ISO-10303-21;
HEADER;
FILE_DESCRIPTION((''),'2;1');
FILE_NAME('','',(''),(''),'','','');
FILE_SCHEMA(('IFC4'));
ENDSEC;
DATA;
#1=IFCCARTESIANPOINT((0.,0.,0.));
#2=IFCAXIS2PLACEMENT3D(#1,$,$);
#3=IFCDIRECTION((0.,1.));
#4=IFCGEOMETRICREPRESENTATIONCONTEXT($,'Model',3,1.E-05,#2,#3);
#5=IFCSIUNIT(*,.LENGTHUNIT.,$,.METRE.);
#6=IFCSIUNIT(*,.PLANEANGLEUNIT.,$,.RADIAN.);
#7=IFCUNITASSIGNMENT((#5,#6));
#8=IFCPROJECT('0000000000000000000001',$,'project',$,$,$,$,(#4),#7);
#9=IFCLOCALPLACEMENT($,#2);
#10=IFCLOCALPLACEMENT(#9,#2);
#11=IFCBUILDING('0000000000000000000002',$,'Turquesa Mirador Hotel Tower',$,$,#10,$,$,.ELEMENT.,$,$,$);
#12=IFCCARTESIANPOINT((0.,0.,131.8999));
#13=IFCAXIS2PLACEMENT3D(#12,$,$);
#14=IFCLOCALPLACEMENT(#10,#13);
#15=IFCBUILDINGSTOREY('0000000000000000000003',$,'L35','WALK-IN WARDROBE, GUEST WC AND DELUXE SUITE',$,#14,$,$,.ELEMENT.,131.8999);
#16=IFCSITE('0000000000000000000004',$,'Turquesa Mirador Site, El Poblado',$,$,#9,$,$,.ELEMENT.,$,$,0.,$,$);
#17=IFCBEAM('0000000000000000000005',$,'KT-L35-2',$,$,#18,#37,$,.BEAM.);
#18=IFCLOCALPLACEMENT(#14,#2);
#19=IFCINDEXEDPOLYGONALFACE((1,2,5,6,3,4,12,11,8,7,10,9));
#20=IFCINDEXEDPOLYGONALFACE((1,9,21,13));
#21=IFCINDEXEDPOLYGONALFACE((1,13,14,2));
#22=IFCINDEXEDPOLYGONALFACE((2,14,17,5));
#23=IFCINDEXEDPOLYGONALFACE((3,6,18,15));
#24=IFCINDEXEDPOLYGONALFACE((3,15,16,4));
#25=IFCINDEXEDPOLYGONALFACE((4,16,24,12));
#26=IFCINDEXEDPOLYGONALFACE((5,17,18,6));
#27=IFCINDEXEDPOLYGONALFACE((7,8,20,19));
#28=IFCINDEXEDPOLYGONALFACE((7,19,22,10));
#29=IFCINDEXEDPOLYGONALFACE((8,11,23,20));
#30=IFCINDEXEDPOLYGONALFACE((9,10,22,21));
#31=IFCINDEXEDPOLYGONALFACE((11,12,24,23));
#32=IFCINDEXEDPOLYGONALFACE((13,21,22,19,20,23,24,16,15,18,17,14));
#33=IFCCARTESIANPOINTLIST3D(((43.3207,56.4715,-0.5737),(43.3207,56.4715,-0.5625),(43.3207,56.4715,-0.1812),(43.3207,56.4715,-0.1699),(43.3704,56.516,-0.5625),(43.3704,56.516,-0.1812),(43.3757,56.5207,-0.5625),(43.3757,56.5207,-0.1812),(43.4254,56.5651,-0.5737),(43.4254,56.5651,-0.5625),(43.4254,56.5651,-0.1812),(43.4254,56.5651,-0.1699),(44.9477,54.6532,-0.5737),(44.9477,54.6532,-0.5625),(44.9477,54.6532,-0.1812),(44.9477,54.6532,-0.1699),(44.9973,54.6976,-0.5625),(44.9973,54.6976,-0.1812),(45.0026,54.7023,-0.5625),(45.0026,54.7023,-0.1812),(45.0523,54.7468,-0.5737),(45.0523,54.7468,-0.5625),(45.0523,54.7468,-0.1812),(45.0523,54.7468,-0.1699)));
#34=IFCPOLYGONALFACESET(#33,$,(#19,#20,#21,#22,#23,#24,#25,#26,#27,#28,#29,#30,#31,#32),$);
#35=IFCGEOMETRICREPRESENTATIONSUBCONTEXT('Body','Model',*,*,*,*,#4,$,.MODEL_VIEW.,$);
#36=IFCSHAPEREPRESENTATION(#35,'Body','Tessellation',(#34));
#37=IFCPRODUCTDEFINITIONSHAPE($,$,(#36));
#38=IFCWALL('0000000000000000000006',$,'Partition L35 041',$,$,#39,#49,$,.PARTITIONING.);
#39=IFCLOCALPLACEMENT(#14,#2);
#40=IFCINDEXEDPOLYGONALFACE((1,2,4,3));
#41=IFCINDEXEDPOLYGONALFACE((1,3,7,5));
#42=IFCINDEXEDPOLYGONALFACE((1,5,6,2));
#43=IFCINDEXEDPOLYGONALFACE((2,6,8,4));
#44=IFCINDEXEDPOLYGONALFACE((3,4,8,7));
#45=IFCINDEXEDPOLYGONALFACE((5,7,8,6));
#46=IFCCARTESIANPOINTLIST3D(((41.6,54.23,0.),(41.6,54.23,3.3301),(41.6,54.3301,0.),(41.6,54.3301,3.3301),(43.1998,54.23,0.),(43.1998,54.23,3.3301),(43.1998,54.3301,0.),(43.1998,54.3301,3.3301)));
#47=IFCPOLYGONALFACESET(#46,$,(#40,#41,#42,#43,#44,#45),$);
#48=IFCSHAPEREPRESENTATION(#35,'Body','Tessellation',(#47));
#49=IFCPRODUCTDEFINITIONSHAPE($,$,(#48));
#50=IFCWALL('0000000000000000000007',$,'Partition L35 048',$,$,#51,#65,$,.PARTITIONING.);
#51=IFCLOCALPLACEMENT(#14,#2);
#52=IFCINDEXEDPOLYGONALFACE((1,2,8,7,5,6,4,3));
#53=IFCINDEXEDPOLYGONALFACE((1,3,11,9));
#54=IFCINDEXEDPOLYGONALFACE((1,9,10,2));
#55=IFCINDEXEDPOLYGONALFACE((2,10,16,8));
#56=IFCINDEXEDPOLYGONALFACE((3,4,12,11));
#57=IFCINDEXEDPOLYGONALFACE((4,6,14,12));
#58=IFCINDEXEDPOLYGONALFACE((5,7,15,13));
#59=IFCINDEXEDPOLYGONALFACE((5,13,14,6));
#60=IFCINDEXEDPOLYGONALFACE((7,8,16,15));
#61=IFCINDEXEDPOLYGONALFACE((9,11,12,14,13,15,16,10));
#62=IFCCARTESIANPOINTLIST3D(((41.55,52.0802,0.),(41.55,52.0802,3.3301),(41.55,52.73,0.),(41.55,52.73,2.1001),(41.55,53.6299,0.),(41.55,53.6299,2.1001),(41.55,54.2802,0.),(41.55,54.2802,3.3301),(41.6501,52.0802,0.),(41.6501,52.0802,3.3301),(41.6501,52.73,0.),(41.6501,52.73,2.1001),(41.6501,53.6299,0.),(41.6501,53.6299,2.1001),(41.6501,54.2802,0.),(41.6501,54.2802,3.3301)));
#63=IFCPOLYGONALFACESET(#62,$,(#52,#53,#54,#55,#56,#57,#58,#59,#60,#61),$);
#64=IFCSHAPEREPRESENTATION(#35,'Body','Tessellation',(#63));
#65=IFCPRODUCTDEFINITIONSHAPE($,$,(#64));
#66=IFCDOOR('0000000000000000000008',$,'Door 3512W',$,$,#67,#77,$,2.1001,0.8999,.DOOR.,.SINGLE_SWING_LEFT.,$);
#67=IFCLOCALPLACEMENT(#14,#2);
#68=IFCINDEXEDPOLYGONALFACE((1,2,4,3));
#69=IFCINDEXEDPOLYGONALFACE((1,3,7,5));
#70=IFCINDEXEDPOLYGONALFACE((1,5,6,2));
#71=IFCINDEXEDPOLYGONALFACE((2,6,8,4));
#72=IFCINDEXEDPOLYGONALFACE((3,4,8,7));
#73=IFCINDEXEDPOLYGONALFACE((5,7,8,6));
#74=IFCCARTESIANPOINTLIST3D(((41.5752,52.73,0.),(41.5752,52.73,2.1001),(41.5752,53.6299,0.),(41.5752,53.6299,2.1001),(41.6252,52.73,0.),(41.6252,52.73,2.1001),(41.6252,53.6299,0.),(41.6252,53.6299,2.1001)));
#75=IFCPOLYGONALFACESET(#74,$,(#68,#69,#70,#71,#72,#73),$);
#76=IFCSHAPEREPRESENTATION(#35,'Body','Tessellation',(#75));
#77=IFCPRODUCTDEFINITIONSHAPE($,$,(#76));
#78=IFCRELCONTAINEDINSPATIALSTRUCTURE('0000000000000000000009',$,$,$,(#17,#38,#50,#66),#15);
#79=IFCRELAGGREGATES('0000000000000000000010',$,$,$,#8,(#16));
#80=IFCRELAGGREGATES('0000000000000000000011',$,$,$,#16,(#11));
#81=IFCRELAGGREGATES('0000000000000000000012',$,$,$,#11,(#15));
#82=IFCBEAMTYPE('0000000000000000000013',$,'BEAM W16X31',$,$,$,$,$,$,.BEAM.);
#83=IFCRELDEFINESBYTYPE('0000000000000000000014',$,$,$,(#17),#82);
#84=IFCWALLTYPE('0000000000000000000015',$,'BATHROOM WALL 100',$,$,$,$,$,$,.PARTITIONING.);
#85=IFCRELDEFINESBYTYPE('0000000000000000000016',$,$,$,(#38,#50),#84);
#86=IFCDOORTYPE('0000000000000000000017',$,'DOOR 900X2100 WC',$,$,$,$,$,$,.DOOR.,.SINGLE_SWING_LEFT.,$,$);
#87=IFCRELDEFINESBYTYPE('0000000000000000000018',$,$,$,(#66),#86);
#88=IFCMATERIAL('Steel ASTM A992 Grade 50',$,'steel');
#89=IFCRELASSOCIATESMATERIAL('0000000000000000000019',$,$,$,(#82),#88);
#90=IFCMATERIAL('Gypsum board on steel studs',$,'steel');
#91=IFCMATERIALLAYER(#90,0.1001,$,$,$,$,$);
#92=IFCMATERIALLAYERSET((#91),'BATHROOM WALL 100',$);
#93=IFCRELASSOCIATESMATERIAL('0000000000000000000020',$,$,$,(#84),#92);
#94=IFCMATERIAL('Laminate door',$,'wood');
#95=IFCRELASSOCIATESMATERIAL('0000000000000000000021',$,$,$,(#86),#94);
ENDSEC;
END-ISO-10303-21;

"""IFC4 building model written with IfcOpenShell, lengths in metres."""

from ifc_helpers import new_model, si_unit, direction, frame, frame_2d, origin, origin_2d, place, context, subcontext, project, spatial, rectangle, i_section, extrude, material, layer, layer_set, material_profile, profile_set, type_object, element, fill, save


model = new_model("IFC4")

# Units and contexts
model_context = context("Model", 3, precision=1e-05, world=origin(), true_north=direction((0.0, 1.0)))
body_context = subcontext(model_context, "Body", "Model", "MODEL_VIEW")
ifc_project = project(units=[si_unit("LENGTHUNIT", "METRE"), si_unit("PLANEANGLEUNIT", "RADIAN")], contexts=[model_context])

# Site, building, storey
site_placement = place(None, origin())
site = spatial("IfcSite", under=ifc_project, at=site_placement, Name="Turquesa Mirador Site, El Poblado", CompositionType="ELEMENT", RefElevation=0.0)
building_placement = place(site_placement, origin())
building = spatial("IfcBuilding", under=site, at=building_placement, Name="Turquesa Mirador Hotel Tower", CompositionType="ELEMENT")
storey_placement = place(building_placement, frame((0.0, 0.0, 131.8999)))
storey = spatial("IfcBuildingStorey", under=building, at=storey_placement, Name="L35", Description="WALK-IN WARDROBE, GUEST WC AND DELUXE SUITE", CompositionType="ELEMENT", Elevation=131.8999)

# Beam
ifc_material_1 = material(Name="Steel ASTM A992 Grade 50", Category="steel")
ifc_material_profile = material_profile(ifc_material_1, i_section(OverallWidth=0.1404, OverallDepth=0.4038, WebThickness=0.0071, FlangeThickness=0.0112, at=origin_2d()), Name="W16X31")
ifc_profile_set = profile_set([ifc_material_profile], Name="Steel ASTM A992 Grade 50")
beam_type = type_object("IfcBeamType", Name="BEAM W16X31", PredefinedType="BEAM", material=ifc_profile_set)
beam_placement = place(storey_placement, frame((43.373, 56.5183, -0.3718), z_axis=(0.666795, -0.745241, 0.0), x_axis=(0.745241, 0.666795, 0.0)))
element("IfcBeam", 1, at=beam_placement, inside=storey, type_object=beam_type, Name="KT-L35-2", PredefinedType="BEAM", context=body_context, shape_type="SweptSolid", body=[
    extrude(i_section(OverallWidth=0.1404, OverallDepth=0.4038, WebThickness=0.0071, FlangeThickness=0.0112, at=origin_2d()), origin(), (0.0, 0.0, 1.0), 2.4399),
])

# Wall
ifc_material_2 = material(Name="Gypsum board on steel studs", Category="steel")
ifc_layer_1 = layer(ifc_material_2, 0.1001)
ifc_layer_set_1 = layer_set([ifc_layer_1], Name="BATHROOM WALL 100")
wall_type_1 = type_object("IfcWallType", Name="BATHROOM WALL 100", PredefinedType="PARTITIONING", material=ifc_layer_set_1)
wall_1_placement = place(storey_placement, frame((41.6001, 54.28, 0.0), z_axis=(0.0, 0.0, 1.0), x_axis=(1.0, 0.0, 0.0)))
element("IfcWall", 2, at=wall_1_placement, inside=storey, type_object=wall_type_1, Name="Partition L35 041", PredefinedType="PARTITIONING", context=body_context, shape_type="SweptSolid", body=[
    extrude(rectangle(XDim=1.5999, YDim=0.1001, at=frame_2d((0.7998, 0.0))), origin(), (0.0, 0.0, 1.0), 3.3301),
])

# Wall, opening, door
wall_2_placement = place(storey_placement, frame((41.6001, 52.0801, 0.0), z_axis=(0.0, 0.0, 1.0), x_axis=(0.0, 1.0, 0.0)))
wall_2 = element("IfcWall", 3, at=wall_2_placement, inside=storey, type_object=wall_type_1, Name="Partition L35 048", PredefinedType="PARTITIONING", context=body_context, shape_type="SweptSolid", body=[
    extrude(rectangle(XDim=2.2, YDim=0.1001, at=frame_2d((1.1001, 0.0))), origin(), (0.0, 0.0, 1.0), 3.3301),
])
opening_1_placement = place(wall_2_placement, frame((0.6499, 0.0, 0.0)))
opening_1 = element("IfcOpeningElement", 4, at=opening_1_placement, cuts=wall_2, PredefinedType="OPENING", context=body_context, shape_type="SweptSolid", body=[
    extrude(rectangle(XDim=0.8999, YDim=2.1001, at=frame_2d((0.45, 1.05))), frame((0.0, 0.0601, 0.0), z_axis=(0.0, -1.0, 0.0), x_axis=(1.0, 0.0, 0.0)), (0.0, 0.0, 1.0), 0.1201),
])
ifc_material_3 = material(Name="Laminate door", Category="wood")
door_type_1 = type_object("IfcDoorType", Name="DOOR 900X2100 WC", OperationType="SINGLE_SWING_LEFT", PredefinedType="DOOR", material=ifc_material_3)
door_1_placement = place(opening_1_placement, origin())
door_1 = element("IfcDoor", 5, at=door_1_placement, inside=storey, type_object=door_type_1, Name="Door 3512W", OperationType="SINGLE_SWING_LEFT", OverallHeight=2.1001, OverallWidth=0.8999, PredefinedType="DOOR", context=body_context, shape_type="SweptSolid", body=[
    extrude(rectangle(XDim=0.8999, YDim=2.1001, at=frame_2d((0.45, 1.05))), frame((0.0, 0.0249, 0.0), z_axis=(0.0, -1.0, 0.0), x_axis=(1.0, 0.0, 0.0)), (0.0, 0.0, 1.0), 0.05),
])
fill(opening_1, door_1)

save(model, "model.ifc")
